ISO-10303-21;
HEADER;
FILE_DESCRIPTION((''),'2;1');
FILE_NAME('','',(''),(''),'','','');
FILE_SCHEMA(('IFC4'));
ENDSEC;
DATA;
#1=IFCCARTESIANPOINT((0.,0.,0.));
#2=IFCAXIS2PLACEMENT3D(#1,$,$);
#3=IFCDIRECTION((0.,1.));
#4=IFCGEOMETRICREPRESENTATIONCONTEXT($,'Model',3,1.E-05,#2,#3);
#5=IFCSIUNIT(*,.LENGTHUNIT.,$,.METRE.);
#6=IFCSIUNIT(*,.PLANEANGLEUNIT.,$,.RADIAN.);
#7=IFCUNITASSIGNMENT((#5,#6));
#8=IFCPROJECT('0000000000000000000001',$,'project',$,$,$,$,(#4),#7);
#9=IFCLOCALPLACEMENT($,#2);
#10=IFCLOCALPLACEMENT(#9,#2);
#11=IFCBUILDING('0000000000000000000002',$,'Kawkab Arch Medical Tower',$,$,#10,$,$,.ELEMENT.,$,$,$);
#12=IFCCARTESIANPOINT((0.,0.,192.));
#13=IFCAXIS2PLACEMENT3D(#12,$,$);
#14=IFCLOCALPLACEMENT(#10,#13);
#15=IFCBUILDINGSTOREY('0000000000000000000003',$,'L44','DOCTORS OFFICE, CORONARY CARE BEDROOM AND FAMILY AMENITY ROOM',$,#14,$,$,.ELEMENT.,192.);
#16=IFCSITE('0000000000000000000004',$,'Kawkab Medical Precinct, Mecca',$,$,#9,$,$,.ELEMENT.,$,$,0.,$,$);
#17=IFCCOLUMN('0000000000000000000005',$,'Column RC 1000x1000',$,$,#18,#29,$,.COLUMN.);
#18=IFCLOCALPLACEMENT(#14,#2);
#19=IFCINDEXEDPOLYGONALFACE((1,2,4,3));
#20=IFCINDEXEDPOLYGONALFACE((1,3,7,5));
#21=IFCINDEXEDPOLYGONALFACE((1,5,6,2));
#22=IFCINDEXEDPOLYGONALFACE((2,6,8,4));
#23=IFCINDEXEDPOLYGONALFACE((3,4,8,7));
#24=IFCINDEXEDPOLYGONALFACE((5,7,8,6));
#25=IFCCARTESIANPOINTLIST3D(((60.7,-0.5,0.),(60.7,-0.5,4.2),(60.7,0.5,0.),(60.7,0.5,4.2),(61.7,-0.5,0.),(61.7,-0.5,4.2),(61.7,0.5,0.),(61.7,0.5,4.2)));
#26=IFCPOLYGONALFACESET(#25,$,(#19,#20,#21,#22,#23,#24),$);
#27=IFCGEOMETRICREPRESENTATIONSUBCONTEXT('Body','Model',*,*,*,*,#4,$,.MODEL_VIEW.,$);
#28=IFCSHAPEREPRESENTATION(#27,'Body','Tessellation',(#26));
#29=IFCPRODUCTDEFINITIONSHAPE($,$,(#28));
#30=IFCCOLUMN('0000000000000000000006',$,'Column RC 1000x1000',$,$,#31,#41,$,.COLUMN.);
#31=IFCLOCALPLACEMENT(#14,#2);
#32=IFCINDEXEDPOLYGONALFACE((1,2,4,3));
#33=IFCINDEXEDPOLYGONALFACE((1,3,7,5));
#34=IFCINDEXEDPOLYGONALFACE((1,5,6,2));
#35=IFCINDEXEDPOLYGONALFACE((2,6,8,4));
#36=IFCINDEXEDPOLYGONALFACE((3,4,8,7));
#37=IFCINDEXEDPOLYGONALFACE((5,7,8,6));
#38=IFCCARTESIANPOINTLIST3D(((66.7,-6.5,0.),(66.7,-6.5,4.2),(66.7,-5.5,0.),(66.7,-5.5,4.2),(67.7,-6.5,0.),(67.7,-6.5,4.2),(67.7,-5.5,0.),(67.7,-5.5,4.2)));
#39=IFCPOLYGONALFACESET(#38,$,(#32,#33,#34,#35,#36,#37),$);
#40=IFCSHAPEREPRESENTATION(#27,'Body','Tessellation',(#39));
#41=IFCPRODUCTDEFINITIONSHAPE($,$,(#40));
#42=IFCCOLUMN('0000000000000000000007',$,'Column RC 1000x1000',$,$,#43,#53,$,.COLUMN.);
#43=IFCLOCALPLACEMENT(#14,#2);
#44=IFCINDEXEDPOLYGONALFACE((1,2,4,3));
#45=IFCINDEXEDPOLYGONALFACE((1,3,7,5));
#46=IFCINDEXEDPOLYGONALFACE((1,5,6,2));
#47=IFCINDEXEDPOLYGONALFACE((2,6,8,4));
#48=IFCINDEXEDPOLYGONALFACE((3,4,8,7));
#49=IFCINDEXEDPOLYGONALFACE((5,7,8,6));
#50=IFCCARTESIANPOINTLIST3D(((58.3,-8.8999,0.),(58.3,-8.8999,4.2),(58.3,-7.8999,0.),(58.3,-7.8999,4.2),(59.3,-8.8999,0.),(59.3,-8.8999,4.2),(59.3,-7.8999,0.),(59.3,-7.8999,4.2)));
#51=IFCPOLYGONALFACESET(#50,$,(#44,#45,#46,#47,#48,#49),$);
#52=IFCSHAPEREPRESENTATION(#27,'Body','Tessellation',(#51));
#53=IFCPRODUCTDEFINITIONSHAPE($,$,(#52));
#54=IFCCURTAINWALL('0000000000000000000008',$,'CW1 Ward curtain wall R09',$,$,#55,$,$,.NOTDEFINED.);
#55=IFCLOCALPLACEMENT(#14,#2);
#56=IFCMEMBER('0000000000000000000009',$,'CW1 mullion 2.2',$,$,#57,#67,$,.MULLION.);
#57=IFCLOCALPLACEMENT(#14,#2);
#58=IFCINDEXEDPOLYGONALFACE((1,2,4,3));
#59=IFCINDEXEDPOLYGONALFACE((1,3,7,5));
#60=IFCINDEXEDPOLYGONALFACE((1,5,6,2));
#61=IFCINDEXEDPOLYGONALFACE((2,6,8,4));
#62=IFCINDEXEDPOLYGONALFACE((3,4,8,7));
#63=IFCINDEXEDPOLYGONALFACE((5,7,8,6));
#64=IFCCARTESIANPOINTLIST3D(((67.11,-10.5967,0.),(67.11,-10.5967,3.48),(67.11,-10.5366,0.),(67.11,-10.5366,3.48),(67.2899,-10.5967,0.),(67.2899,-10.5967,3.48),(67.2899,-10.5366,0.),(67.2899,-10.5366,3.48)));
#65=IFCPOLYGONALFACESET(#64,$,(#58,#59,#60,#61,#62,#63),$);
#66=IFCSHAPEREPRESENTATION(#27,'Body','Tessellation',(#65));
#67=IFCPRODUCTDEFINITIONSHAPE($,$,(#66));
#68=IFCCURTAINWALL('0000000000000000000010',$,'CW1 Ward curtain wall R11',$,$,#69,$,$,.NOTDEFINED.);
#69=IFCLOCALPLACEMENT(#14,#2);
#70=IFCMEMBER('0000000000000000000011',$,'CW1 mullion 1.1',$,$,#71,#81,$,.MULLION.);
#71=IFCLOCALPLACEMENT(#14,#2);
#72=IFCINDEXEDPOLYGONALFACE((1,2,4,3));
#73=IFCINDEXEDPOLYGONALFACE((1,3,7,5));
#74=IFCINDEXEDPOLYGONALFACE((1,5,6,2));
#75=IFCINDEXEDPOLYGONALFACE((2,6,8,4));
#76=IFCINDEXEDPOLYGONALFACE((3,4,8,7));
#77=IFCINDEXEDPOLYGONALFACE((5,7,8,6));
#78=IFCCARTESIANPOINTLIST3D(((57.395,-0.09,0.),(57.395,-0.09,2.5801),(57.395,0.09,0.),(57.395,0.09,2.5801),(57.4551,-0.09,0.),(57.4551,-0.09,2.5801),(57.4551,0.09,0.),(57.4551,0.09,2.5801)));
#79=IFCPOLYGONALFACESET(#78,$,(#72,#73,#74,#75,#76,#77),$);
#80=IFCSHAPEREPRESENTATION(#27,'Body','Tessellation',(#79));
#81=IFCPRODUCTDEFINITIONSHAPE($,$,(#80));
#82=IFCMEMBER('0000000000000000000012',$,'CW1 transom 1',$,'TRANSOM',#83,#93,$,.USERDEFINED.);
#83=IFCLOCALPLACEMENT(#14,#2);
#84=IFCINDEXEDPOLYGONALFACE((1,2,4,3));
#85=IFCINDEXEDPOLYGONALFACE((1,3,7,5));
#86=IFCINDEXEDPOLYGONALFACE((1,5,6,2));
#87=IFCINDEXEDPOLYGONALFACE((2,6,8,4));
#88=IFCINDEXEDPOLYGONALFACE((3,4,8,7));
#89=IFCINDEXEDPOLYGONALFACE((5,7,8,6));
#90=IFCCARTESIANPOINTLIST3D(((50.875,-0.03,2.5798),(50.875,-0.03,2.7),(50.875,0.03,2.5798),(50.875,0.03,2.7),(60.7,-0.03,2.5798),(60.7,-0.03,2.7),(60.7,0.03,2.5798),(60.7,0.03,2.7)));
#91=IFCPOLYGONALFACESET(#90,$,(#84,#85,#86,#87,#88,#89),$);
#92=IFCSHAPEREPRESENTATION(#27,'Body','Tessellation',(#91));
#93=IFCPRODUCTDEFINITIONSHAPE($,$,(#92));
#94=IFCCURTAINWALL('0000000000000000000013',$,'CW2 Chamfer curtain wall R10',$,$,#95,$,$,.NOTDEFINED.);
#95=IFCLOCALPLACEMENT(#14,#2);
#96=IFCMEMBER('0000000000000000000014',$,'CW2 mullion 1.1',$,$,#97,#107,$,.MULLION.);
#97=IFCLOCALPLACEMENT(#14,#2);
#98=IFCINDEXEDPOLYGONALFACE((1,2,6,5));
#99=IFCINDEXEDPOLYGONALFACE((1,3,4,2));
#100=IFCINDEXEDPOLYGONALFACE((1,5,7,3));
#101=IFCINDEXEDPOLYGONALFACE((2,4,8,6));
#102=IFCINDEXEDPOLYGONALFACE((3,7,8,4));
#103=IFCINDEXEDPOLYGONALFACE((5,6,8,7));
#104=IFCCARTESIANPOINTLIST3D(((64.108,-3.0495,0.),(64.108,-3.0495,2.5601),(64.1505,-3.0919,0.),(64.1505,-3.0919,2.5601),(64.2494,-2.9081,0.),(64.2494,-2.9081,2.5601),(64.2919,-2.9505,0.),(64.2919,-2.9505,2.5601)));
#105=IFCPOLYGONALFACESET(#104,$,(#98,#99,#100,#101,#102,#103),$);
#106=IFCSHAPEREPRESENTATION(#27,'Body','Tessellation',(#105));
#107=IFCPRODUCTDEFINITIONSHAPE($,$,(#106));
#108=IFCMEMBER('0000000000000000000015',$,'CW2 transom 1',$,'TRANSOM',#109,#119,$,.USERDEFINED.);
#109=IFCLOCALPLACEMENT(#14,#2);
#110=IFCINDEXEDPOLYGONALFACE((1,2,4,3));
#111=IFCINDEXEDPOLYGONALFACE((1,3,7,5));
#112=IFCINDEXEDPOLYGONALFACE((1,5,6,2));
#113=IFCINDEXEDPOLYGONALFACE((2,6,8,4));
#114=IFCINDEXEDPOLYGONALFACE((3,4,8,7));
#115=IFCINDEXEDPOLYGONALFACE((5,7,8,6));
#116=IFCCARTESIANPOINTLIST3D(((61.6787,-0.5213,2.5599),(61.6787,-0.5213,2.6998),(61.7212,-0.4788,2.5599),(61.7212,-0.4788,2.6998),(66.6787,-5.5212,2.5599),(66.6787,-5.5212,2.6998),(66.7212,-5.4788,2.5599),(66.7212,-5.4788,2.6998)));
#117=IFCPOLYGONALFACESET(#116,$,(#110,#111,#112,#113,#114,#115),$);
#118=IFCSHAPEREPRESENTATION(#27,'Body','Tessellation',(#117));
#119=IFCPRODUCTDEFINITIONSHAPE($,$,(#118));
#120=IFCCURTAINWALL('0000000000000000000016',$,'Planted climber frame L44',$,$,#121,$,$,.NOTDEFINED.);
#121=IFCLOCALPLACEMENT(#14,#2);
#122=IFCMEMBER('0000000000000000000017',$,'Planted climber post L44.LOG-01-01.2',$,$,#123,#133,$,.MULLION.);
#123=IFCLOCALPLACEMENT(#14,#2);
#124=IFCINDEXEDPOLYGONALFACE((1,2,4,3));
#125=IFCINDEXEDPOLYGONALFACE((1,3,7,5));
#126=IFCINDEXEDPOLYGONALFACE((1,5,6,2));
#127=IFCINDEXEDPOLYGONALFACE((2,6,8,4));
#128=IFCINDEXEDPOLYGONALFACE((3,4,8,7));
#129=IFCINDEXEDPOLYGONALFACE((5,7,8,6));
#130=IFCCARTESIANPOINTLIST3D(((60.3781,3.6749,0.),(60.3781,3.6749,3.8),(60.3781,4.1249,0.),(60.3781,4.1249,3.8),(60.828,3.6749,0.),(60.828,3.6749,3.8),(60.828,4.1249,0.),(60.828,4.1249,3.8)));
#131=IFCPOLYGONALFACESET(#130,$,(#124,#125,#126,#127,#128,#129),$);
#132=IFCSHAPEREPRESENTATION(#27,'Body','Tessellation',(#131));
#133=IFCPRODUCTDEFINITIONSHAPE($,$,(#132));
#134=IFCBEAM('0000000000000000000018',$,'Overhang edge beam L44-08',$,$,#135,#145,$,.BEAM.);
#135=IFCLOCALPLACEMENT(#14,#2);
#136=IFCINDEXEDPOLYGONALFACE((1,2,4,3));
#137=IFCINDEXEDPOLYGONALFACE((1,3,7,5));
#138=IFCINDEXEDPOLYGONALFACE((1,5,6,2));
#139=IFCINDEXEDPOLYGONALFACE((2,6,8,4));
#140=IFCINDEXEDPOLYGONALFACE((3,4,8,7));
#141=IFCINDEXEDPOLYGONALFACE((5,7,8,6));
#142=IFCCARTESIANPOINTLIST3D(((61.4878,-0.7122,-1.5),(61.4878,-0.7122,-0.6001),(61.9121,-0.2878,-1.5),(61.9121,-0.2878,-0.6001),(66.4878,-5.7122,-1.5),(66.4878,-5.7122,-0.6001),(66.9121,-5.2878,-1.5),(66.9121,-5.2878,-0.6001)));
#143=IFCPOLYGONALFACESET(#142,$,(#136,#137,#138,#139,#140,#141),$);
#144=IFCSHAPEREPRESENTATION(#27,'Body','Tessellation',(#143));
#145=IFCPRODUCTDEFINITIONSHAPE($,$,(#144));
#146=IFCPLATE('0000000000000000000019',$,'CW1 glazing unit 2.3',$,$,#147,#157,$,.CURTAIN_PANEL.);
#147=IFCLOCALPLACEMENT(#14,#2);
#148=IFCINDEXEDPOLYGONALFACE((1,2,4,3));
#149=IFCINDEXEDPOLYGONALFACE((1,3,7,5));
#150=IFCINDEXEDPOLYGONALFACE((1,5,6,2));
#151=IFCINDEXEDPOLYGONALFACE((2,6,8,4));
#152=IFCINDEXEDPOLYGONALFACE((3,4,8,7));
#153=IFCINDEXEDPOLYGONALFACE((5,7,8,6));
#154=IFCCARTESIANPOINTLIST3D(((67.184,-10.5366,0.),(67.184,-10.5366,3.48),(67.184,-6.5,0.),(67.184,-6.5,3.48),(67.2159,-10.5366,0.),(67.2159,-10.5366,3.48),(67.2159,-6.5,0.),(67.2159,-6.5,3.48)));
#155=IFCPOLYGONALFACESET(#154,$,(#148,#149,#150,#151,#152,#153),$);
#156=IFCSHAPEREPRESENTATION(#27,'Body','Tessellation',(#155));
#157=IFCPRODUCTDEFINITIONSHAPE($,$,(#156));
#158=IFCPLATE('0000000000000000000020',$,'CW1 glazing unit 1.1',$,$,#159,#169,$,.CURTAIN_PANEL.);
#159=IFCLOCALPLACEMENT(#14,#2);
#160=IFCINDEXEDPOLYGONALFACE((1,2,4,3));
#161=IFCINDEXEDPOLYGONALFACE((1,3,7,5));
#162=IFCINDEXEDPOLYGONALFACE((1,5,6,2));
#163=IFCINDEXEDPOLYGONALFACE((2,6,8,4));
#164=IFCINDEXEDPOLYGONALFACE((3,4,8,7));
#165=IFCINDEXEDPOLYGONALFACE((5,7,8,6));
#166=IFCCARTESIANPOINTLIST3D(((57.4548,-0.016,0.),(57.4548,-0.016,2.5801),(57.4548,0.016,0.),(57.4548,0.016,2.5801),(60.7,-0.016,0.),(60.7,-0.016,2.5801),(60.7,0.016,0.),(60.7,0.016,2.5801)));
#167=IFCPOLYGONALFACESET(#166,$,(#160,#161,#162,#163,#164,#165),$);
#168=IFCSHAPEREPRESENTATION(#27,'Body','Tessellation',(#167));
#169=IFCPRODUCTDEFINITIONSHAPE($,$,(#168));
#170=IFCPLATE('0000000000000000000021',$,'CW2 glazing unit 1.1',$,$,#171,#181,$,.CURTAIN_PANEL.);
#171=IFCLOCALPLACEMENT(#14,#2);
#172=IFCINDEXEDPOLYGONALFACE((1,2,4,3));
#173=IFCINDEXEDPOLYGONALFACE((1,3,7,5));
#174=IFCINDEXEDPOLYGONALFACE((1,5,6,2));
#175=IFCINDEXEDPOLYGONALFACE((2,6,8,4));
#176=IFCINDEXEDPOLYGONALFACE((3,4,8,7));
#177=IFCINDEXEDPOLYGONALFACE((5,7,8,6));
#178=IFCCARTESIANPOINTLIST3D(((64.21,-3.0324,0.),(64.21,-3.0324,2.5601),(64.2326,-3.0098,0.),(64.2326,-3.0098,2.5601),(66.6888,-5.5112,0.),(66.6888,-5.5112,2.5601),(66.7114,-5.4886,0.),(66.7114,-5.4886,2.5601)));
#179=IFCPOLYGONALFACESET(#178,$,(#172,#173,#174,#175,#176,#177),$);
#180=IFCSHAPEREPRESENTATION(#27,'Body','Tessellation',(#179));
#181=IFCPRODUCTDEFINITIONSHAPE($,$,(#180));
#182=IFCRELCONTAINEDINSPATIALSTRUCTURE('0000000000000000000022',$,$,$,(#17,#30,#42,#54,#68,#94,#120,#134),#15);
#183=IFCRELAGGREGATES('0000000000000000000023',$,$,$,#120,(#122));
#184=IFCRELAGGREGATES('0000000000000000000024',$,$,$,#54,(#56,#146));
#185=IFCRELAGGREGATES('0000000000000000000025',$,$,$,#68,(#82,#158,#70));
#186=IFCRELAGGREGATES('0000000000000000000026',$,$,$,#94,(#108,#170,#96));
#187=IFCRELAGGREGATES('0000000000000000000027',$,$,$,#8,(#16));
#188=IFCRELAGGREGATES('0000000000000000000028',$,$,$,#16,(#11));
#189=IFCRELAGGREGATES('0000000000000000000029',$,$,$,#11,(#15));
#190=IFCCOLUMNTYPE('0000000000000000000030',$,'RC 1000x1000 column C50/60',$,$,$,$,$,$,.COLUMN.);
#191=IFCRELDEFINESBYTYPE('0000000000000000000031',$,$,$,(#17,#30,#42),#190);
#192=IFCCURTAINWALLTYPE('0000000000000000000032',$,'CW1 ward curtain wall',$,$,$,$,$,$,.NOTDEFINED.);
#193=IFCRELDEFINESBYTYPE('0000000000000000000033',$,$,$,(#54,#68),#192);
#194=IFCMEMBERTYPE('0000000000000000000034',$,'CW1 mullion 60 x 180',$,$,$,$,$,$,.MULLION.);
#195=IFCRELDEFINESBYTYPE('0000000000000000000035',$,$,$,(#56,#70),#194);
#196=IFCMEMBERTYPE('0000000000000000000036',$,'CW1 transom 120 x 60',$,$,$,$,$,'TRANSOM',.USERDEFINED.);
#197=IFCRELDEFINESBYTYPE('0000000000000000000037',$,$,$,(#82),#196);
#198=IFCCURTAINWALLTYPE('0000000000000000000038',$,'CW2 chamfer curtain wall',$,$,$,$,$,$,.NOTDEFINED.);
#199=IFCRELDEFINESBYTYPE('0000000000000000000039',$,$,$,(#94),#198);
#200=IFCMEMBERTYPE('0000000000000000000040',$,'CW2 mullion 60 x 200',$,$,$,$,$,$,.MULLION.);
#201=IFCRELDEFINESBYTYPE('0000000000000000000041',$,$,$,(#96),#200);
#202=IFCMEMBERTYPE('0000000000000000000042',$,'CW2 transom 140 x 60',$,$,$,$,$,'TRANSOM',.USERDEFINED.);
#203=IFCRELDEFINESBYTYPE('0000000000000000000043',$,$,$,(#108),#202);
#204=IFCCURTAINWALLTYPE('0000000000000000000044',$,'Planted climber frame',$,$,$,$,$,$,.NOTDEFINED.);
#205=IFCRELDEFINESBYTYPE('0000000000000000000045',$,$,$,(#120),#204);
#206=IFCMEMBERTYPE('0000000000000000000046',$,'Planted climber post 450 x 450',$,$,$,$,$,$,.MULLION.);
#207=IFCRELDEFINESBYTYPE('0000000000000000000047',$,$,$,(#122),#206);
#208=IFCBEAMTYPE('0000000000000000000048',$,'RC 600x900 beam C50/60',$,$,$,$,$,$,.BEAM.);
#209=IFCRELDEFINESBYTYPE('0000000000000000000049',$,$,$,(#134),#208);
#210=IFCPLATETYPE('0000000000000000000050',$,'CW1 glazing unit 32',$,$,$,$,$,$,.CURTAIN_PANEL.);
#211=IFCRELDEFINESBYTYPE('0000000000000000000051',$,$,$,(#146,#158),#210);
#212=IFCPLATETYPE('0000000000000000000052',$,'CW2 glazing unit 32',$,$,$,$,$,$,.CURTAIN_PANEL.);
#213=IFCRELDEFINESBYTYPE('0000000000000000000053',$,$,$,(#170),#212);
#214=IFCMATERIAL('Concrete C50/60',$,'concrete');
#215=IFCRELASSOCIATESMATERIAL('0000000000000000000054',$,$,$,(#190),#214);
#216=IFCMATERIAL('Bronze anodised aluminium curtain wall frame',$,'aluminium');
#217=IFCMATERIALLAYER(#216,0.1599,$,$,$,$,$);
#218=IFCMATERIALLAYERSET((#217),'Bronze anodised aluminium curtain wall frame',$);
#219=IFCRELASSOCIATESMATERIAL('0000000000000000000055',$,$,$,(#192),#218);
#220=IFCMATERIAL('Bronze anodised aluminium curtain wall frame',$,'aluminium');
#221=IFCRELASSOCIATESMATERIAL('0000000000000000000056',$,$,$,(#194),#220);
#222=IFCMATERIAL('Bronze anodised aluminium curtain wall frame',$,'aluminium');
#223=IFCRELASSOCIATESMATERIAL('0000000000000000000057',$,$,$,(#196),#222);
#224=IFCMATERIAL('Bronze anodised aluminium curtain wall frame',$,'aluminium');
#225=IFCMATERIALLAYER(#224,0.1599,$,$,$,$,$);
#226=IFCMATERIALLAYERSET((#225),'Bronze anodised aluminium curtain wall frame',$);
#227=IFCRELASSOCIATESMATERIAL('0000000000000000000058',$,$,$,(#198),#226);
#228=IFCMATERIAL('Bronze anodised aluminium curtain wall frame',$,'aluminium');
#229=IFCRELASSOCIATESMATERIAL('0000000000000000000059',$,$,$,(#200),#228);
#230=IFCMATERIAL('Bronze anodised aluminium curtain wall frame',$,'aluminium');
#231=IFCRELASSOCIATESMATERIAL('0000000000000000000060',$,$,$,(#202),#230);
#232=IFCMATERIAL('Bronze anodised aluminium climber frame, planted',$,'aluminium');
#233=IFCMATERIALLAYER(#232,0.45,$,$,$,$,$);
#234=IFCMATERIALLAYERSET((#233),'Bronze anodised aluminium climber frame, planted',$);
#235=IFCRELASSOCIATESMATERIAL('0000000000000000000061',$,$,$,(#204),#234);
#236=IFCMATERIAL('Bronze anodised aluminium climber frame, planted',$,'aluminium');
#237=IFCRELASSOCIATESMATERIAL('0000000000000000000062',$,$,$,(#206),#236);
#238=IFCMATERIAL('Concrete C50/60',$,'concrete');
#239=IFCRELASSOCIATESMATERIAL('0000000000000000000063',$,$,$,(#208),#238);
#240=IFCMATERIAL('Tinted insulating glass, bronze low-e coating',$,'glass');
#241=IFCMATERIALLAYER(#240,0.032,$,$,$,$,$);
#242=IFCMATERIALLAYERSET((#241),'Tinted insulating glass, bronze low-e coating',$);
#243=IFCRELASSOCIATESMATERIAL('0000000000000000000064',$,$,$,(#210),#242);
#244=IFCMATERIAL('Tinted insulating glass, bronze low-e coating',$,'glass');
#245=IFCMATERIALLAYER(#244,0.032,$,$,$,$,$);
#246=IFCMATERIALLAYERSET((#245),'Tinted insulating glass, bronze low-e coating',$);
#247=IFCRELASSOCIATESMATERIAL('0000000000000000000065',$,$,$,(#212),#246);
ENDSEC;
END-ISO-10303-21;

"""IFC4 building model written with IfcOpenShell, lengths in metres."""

from ifc_helpers import new_model, si_unit, direction, frame, origin, origin_2d, place, context, subcontext, project, spatial, rectangle, extrude, material, layer, layer_set, material_profile, profile_set, type_object, element, aggregate, save


model = new_model("IFC4")

# Units and contexts
model_context = context("Model", 3, precision=1e-05, world=origin(), true_north=direction((0.0, 1.0)))
body_context = subcontext(model_context, "Body", "Model", "MODEL_VIEW")
ifc_project = project(units=[si_unit("LENGTHUNIT", "METRE"), si_unit("PLANEANGLEUNIT", "RADIAN")], contexts=[model_context])

# Site, building, storey
site_placement = place(None, origin())
site = spatial("IfcSite", under=ifc_project, at=site_placement, Name="Kawkab Medical Precinct, Mecca", CompositionType="ELEMENT", RefElevation=0.0)
building_placement = place(site_placement, origin())
building = spatial("IfcBuilding", under=site, at=building_placement, Name="Kawkab Arch Medical Tower", CompositionType="ELEMENT")
storey_placement = place(building_placement, frame((0.0, 0.0, 192.0)))
storey = spatial("IfcBuildingStorey", under=building, at=storey_placement, Name="L44", Description="DOCTORS OFFICE, CORONARY CARE BEDROOM AND FAMILY AMENITY ROOM", CompositionType="ELEMENT", Elevation=192.0)

# Columns
ifc_material_1 = material(Name="Concrete C50/60", Category="concrete")
ifc_material_profile_1 = material_profile(ifc_material_1, rectangle(XDim=1.0, YDim=1.0, at=origin_2d()), Name="RC 1000x1000")
ifc_profile_set_1 = profile_set([ifc_material_profile_1], Name="Concrete C50/60")
column_type = type_object("IfcColumnType", Name="RC 1000x1000 column C50/60", PredefinedType="COLUMN", material=ifc_profile_set_1)
for number, where, z_axis, x_axis, name in (
    (1, (61.2, 0.0, 0.0), (0.0, 0.0, 1.0), (1.0, 0.0, 0.0), "Column RC 1000x1000"),
    (2, (67.2, -6.0, 0.0), (0.0, 0.0, 1.0), (1.0, 0.0, 0.0), "Column RC 1000x1000"),
    (3, (58.8, -8.3999, 0.0), (0.0, 0.0, 1.0), (1.0, 0.0, 0.0), "Column RC 1000x1000"),
):
    element("IfcColumn", number, at=place(storey_placement, frame(where, z_axis=z_axis, x_axis=x_axis)), inside=storey, type_object=column_type, Name=name, PredefinedType="COLUMN", context=body_context, shape_type="SweptSolid", body=[
        extrude(rectangle(XDim=1.0, YDim=1.0, at=origin_2d()), origin(), (0.0, 0.0, 1.0), 4.2),
    ])

# Curtain wall, member
ifc_material_2 = material(Name="Bronze anodised aluminium curtain wall frame", Category="aluminium")
ifc_layer_1 = layer(ifc_material_2, 0.1599)
ifc_layer_set_1 = layer_set([ifc_layer_1], Name="Bronze anodised aluminium curtain wall frame")
curtain_wall_type_1 = type_object("IfcCurtainWallType", Name="CW1 ward curtain wall", PredefinedType="NOTDEFINED", material=ifc_layer_set_1)
placement = place(storey_placement, origin())
curtain_wall_1 = element("IfcCurtainWall", 4, at=placement, inside=storey, type_object=curtain_wall_type_1, Name="CW1 Ward curtain wall R09", PredefinedType="NOTDEFINED")
ifc_material_3 = material(Name="Bronze anodised aluminium curtain wall frame", Category="aluminium")
ifc_material_profile_2 = material_profile(ifc_material_3, rectangle(XDim=0.1799, YDim=0.0601, at=origin_2d()), Name="AL 60x180")
ifc_profile_set_2 = profile_set([ifc_material_profile_2], Name="Bronze anodised aluminium curtain wall frame")
member_type_1 = type_object("IfcMemberType", Name="CW1 mullion 60 x 180", PredefinedType="MULLION", material=ifc_profile_set_2)
member_1_placement = place(storey_placement, frame((67.2, -10.5667, 0.0), z_axis=(0.0, 0.0, 1.0), x_axis=(-1.0, 0.0, 0.0)))
member_1 = element("IfcMember", 5, at=member_1_placement, type_object=member_type_1, Name="CW1 mullion 2.2", PredefinedType="MULLION", context=body_context, shape_type="SweptSolid", body=[
    extrude(rectangle(XDim=0.1799, YDim=0.0601, at=origin_2d()), origin(), (0.0, 0.0, 1.0), 3.48),
])

# Curtain walls, members
curtain_wall_2 = element("IfcCurtainWall", 6, at=placement, inside=storey, type_object=curtain_wall_type_1, Name="CW1 Ward curtain wall R11", PredefinedType="NOTDEFINED")
member_2_placement = place(storey_placement, frame((57.425, 0.0, 0.0), z_axis=(0.0, 0.0, 1.0), x_axis=(0.0, -1.0, 0.0)))
member_2 = element("IfcMember", 7, at=member_2_placement, type_object=member_type_1, Name="CW1 mullion 1.1", PredefinedType="MULLION", context=body_context, shape_type="SweptSolid", body=[
    extrude(rectangle(XDim=0.1799, YDim=0.0601, at=origin_2d()), origin(), (0.0, 0.0, 1.0), 2.5801),
])
ifc_material_4 = material(Name="Bronze anodised aluminium curtain wall frame", Category="aluminium")
ifc_material_profile_3 = material_profile(ifc_material_4, rectangle(XDim=0.0601, YDim=0.1201, at=origin_2d()), Name="AL 60x120")
ifc_profile_set_3 = profile_set([ifc_material_profile_3], Name="Bronze anodised aluminium curtain wall frame")
member_type_2 = type_object("IfcMemberType", Name="CW1 transom 120 x 60", ElementType="TRANSOM", PredefinedType="USERDEFINED", material=ifc_profile_set_3)
member_3_placement = place(storey_placement, frame((60.7, 0.0, 2.6399), z_axis=(-1.0, 0.0, 0.0), x_axis=(0.0, -1.0, 0.0)))
member_3 = element("IfcMember", 8, at=member_3_placement, type_object=member_type_2, Name="CW1 transom 1", ObjectType="TRANSOM", PredefinedType="USERDEFINED", context=body_context, shape_type="SweptSolid", body=[
    extrude(rectangle(XDim=0.0601, YDim=0.1201, at=origin_2d()), origin(), (0.0, 0.0, 1.0), 9.825),
])
ifc_material_5 = material(Name="Bronze anodised aluminium curtain wall frame", Category="aluminium")
ifc_layer_2 = layer(ifc_material_5, 0.1599)
ifc_layer_set_2 = layer_set([ifc_layer_2], Name="Bronze anodised aluminium curtain wall frame")
curtain_wall_type_2 = type_object("IfcCurtainWallType", Name="CW2 chamfer curtain wall", PredefinedType="NOTDEFINED", material=ifc_layer_set_2)
curtain_wall_3 = element("IfcCurtainWall", 9, at=placement, inside=storey, type_object=curtain_wall_type_2, Name="CW2 Chamfer curtain wall R10", PredefinedType="NOTDEFINED")
ifc_material_6 = material(Name="Bronze anodised aluminium curtain wall frame", Category="aluminium")
ifc_material_profile_4 = material_profile(ifc_material_6, rectangle(XDim=0.2, YDim=0.0601, at=origin_2d()), Name="AL 60x200")
ifc_profile_set_4 = profile_set([ifc_material_profile_4], Name="Bronze anodised aluminium curtain wall frame")
member_type_3 = type_object("IfcMemberType", Name="CW2 mullion 60 x 200", PredefinedType="MULLION", material=ifc_profile_set_4)
member_4_placement = place(storey_placement, frame((64.2, -3.0, 0.0), z_axis=(0.0, 0.0, 1.0), x_axis=(-0.707107, -0.707107, 0.0)))
member_4 = element("IfcMember", 10, at=member_4_placement, type_object=member_type_3, Name="CW2 mullion 1.1", PredefinedType="MULLION", context=body_context, shape_type="SweptSolid", body=[
    extrude(rectangle(XDim=0.2, YDim=0.0601, at=origin_2d()), origin(), (0.0, 0.0, 1.0), 2.5601),
])
ifc_material_7 = material(Name="Bronze anodised aluminium curtain wall frame", Category="aluminium")
ifc_material_profile_5 = material_profile(ifc_material_7, rectangle(XDim=0.0601, YDim=0.1399, at=origin_2d()), Name="AL 60x140")
ifc_profile_set_5 = profile_set([ifc_material_profile_5], Name="Bronze anodised aluminium curtain wall frame")
member_type_4 = type_object("IfcMemberType", Name="CW2 transom 140 x 60", ElementType="TRANSOM", PredefinedType="USERDEFINED", material=ifc_profile_set_5)
member_5_placement = place(storey_placement, frame((66.7, -5.5, 2.6299), z_axis=(-0.707107, 0.707107, 0.0), x_axis=(-0.707107, -0.707107, 0.0)))
member_5 = element("IfcMember", 11, at=member_5_placement, type_object=member_type_4, Name="CW2 transom 1", ObjectType="TRANSOM", PredefinedType="USERDEFINED", context=body_context, shape_type="SweptSolid", body=[
    extrude(rectangle(XDim=0.0601, YDim=0.1399, at=origin_2d()), origin(), (0.0, 0.0, 1.0), 7.071),
])

# Curtain wall, member
ifc_material_8 = material(Name="Bronze anodised aluminium climber frame, planted", Category="aluminium")
ifc_layer_3 = layer(ifc_material_8, 0.45)
ifc_layer_set_3 = layer_set([ifc_layer_3], Name="Bronze anodised aluminium climber frame, planted")
curtain_wall_type_3 = type_object("IfcCurtainWallType", Name="Planted climber frame", PredefinedType="NOTDEFINED", material=ifc_layer_set_3)
curtain_wall_4 = element("IfcCurtainWall", 12, at=placement, inside=storey, type_object=curtain_wall_type_3, Name="Planted climber frame L44", PredefinedType="NOTDEFINED")
ifc_material_9 = material(Name="Bronze anodised aluminium climber frame, planted", Category="aluminium")
ifc_material_profile_6 = material_profile(ifc_material_9, rectangle(XDim=0.45, YDim=0.45, at=origin_2d()), Name="Post 450x450")
ifc_profile_set_6 = profile_set([ifc_material_profile_6], Name="Bronze anodised aluminium climber frame, planted")
member_type_5 = type_object("IfcMemberType", Name="Planted climber post 450 x 450", PredefinedType="MULLION", material=ifc_profile_set_6)
member_6_placement = place(storey_placement, frame((60.603, 3.8999, 0.0), z_axis=(0.0, 0.0, 1.0), x_axis=(1.0, 0.0, 0.0)))
member_6 = element("IfcMember", 13, at=member_6_placement, type_object=member_type_5, Name="Planted climber post L44.LOG-01-01.2", PredefinedType="MULLION", context=body_context, shape_type="SweptSolid", body=[
    extrude(rectangle(XDim=0.45, YDim=0.45, at=origin_2d()), origin(), (0.0, 0.0, 1.0), 3.8),
])
aggregate(curtain_wall_4, [member_6])

# Beam
ifc_material_10 = material(Name="Concrete C50/60", Category="concrete")
ifc_material_profile_7 = material_profile(ifc_material_10, rectangle(XDim=0.6001, YDim=0.8999, at=origin_2d()), Name="RC 600x900")
ifc_profile_set_7 = profile_set([ifc_material_profile_7], Name="Concrete C50/60")
beam_type = type_object("IfcBeamType", Name="RC 600x900 beam C50/60", PredefinedType="BEAM", material=ifc_profile_set_7)
beam_placement = place(storey_placement, frame((61.7, -0.5, -1.05), z_axis=(0.707107, -0.707107, 0.0), x_axis=(0.707107, 0.707107, 0.0)))
element("IfcBeam", 14, at=beam_placement, inside=storey, type_object=beam_type, Name="Overhang edge beam L44-08", PredefinedType="BEAM", context=body_context, shape_type="SweptSolid", body=[
    extrude(rectangle(XDim=0.6001, YDim=0.8999, at=origin_2d()), origin(), (0.0, 0.0, 1.0), 7.071),
])

# Plates
ifc_material_11 = material(Name="Tinted insulating glass, bronze low-e coating", Category="glass")
ifc_layer_4 = layer(ifc_material_11, 0.032)
ifc_layer_set_4 = layer_set([ifc_layer_4], Name="Tinted insulating glass, bronze low-e coating")
plate_type_1 = type_object("IfcPlateType", Name="CW1 glazing unit 32", PredefinedType="CURTAIN_PANEL", material=ifc_layer_set_4)
plate_1_placement = place(storey_placement, frame((67.2, -8.5183, 0.0), z_axis=(0.0, 0.0, 1.0), x_axis=(0.0, 1.0, 0.0)))
plate_1 = element("IfcPlate", 15, at=plate_1_placement, type_object=plate_type_1, Name="CW1 glazing unit 2.3", PredefinedType="CURTAIN_PANEL", context=body_context, shape_type="SweptSolid", body=[
    extrude(rectangle(XDim=4.0366, YDim=0.032, at=origin_2d()), origin(), (0.0, 0.0, 1.0), 3.48),
])
aggregate(curtain_wall_1, [member_1, plate_1])
plate_2_placement = place(storey_placement, frame((59.0774, 0.0, 0.0), z_axis=(0.0, 0.0, 1.0), x_axis=(-1.0, 0.0, 0.0)))
plate_2 = element("IfcPlate", 16, at=plate_2_placement, type_object=plate_type_1, Name="CW1 glazing unit 1.1", PredefinedType="CURTAIN_PANEL", context=body_context, shape_type="SweptSolid", body=[
    extrude(rectangle(XDim=3.2451, YDim=0.032, at=origin_2d()), origin(), (0.0, 0.0, 1.0), 2.5801),
])
aggregate(curtain_wall_2, [member_3, plate_2, member_2])
ifc_material_12 = material(Name="Tinted insulating glass, bronze low-e coating", Category="glass")
ifc_layer_5 = layer(ifc_material_12, 0.032)
ifc_layer_set_5 = layer_set([ifc_layer_5], Name="Tinted insulating glass, bronze low-e coating")
plate_type_2 = type_object("IfcPlateType", Name="CW2 glazing unit 32", PredefinedType="CURTAIN_PANEL", material=ifc_layer_set_5)
plate_3_placement = place(storey_placement, frame((65.4607, -4.2605, 0.0), z_axis=(0.0, 0.0, 1.0), x_axis=(-0.707107, 0.707107, 0.0)))
plate_3 = element("IfcPlate", 17, at=plate_3_placement, type_object=plate_type_2, Name="CW2 glazing unit 1.1", PredefinedType="CURTAIN_PANEL", context=body_context, shape_type="SweptSolid", body=[
    extrude(rectangle(XDim=3.5056, YDim=0.032, at=origin_2d()), origin(), (0.0, 0.0, 1.0), 2.5601),
])
aggregate(curtain_wall_3, [member_5, plate_3, member_4])

save(model, "model.ifc")
